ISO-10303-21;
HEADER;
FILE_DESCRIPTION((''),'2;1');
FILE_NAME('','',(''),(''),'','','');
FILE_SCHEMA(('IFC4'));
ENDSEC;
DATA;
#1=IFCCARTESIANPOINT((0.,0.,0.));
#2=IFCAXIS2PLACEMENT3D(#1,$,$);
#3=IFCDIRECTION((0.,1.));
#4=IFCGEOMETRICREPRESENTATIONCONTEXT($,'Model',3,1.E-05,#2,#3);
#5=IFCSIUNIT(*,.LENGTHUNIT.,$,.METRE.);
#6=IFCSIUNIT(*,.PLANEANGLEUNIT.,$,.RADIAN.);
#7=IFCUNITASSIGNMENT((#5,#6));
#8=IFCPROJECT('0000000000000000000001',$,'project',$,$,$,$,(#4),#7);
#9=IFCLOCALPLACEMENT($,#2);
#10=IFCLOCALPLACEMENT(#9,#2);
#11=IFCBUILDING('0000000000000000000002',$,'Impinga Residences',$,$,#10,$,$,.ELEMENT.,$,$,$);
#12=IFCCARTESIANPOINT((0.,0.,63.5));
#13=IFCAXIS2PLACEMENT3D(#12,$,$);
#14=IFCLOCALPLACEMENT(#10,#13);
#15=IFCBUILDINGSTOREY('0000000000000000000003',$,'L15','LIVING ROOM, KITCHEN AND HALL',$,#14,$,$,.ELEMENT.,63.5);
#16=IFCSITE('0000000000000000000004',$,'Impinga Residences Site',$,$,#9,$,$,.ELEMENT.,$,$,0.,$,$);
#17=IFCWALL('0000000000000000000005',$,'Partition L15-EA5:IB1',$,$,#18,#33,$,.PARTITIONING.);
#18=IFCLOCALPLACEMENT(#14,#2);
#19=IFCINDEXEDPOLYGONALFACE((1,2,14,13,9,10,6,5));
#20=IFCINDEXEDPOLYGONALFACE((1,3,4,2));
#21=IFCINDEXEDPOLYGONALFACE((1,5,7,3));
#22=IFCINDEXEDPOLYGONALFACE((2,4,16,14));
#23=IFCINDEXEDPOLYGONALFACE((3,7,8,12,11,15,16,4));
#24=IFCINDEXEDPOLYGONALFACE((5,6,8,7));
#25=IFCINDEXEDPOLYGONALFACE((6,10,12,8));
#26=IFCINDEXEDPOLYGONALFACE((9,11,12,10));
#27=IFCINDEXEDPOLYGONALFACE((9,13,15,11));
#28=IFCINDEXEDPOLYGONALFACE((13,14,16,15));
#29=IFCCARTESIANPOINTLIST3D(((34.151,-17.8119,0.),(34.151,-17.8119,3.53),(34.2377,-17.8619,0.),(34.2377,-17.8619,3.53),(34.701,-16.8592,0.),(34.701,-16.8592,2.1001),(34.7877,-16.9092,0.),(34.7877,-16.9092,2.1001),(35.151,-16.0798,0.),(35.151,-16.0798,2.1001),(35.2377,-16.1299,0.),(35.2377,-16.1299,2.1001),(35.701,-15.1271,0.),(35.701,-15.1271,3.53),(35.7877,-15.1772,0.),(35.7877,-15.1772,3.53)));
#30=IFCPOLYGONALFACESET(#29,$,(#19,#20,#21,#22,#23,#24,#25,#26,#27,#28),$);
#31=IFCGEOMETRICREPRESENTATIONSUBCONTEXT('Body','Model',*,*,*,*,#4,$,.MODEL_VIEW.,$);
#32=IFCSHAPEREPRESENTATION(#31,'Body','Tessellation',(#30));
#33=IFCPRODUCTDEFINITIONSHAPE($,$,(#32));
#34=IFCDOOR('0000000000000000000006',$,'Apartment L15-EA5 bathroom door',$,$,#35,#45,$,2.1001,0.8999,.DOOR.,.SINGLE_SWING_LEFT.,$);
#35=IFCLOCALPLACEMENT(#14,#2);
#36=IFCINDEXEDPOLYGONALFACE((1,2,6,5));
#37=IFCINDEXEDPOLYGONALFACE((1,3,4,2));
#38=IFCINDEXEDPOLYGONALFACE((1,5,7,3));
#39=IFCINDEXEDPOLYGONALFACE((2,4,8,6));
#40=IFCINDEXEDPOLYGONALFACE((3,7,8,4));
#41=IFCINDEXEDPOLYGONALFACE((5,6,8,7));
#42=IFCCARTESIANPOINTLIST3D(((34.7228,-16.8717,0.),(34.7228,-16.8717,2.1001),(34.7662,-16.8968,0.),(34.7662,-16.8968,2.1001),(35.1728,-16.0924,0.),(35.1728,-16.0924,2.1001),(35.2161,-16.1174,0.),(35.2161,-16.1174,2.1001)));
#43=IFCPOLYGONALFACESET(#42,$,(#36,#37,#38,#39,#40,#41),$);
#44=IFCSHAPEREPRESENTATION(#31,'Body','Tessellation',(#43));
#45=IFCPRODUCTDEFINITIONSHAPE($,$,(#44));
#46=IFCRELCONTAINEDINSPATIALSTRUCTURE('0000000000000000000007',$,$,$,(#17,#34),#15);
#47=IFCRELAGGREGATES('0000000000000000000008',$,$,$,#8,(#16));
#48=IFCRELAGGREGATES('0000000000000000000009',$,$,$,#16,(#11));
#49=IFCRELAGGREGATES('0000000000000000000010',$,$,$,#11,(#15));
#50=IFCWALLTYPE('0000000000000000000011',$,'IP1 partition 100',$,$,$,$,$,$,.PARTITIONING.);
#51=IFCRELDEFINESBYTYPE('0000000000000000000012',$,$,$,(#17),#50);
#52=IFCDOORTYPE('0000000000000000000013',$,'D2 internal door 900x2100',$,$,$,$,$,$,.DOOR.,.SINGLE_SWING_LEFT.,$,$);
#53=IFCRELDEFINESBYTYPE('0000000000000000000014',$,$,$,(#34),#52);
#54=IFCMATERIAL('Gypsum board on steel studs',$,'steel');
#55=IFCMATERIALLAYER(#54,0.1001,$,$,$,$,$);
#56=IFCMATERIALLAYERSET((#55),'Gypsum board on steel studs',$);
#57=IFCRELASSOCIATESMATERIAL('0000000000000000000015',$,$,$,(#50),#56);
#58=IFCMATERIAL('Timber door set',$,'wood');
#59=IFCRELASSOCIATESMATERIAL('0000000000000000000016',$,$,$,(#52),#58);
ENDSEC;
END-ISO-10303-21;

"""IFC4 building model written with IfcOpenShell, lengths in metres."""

from ifc_helpers import new_model, si_unit, direction, frame, frame_2d, origin, place, context, subcontext, project, spatial, rectangle, extrude, material, layer, layer_set, type_object, element, fill, save


model = new_model("IFC4")

# Units and contexts
model_context = context("Model", 3, precision=1e-05, world=origin(), true_north=direction((0.0, 1.0)))
body_context = subcontext(model_context, "Body", "Model", "MODEL_VIEW")
ifc_project = project(units=[si_unit("LENGTHUNIT", "METRE"), si_unit("PLANEANGLEUNIT", "RADIAN")], contexts=[model_context])

# Site, building, storey
site_placement = place(None, origin())
site = spatial("IfcSite", under=ifc_project, at=site_placement, Name="Impinga Residences Site", CompositionType="ELEMENT", RefElevation=0.0)
building_placement = place(site_placement, origin())
building = spatial("IfcBuilding", under=site, at=building_placement, Name="Impinga Residences", CompositionType="ELEMENT")
storey_placement = place(building_placement, frame((0.0, 0.0, 63.5)))
storey = spatial("IfcBuildingStorey", under=building, at=storey_placement, Name="L15", Description="LIVING ROOM, KITCHEN AND HALL", CompositionType="ELEMENT", Elevation=63.5)

# Wall, opening, door
ifc_material_1 = material(Name="Gypsum board on steel studs", Category="steel")
ifc_layer_1 = layer(ifc_material_1, 0.1001)
ifc_layer_set_1 = layer_set([ifc_layer_1], Name="Gypsum board on steel studs")
wall_type_1 = type_object("IfcWallType", Name="IP1 partition 100", PredefinedType="PARTITIONING", material=ifc_layer_set_1)
wall_1_placement = place(storey_placement, frame((34.1943, -17.8369, 0.0), z_axis=(0.0, 0.0, 1.0), x_axis=(0.499993, 0.86603, 0.0)))
wall_1 = element("IfcWall", 1, at=wall_1_placement, inside=storey, type_object=wall_type_1, Name="Partition L15-EA5:IB1", PredefinedType="PARTITIONING", context=body_context, shape_type="SweptSolid", body=[
    extrude(rectangle(XDim=3.1001, YDim=0.1001, at=frame_2d((1.55, 0.0))), origin(), (0.0, 0.0, 1.0), 3.53),
])
opening_1_placement = place(wall_1_placement, frame((1.1001, 0.0, 0.0)))
opening_1 = element("IfcOpeningElement", 2, at=opening_1_placement, cuts=wall_1, PredefinedType="OPENING", context=body_context, shape_type="SweptSolid", body=[
    extrude(rectangle(XDim=0.8999, YDim=2.1001, at=frame_2d((0.45, 1.05))), frame((0.0, 0.0601, 0.0), z_axis=(0.0, -1.0, 0.0), x_axis=(1.0, 0.0, 0.0)), (0.0, 0.0, 1.0), 0.1201),
])
ifc_material_2 = material(Name="Timber door set", Category="wood")
door_type = type_object("IfcDoorType", Name="D2 internal door 900x2100", OperationType="SINGLE_SWING_LEFT", PredefinedType="DOOR", material=ifc_material_2)
door_placement = place(opening_1_placement, origin())
door = element("IfcDoor", 3, at=door_placement, inside=storey, type_object=door_type, Name="Apartment L15-EA5 bathroom door", OperationType="SINGLE_SWING_LEFT", OverallHeight=2.1001, OverallWidth=0.8999, PredefinedType="DOOR", context=body_context, shape_type="SweptSolid", body=[
    extrude(rectangle(XDim=0.8999, YDim=2.1001, at=frame_2d((0.45, 1.05))), frame((0.0, 0.0249, 0.0), z_axis=(0.0, -1.0, 0.0), x_axis=(1.0, 0.0, 0.0)), (0.0, 0.0, 1.0), 0.05),
])
fill(opening_1, door)

save(model, "model.ifc")
